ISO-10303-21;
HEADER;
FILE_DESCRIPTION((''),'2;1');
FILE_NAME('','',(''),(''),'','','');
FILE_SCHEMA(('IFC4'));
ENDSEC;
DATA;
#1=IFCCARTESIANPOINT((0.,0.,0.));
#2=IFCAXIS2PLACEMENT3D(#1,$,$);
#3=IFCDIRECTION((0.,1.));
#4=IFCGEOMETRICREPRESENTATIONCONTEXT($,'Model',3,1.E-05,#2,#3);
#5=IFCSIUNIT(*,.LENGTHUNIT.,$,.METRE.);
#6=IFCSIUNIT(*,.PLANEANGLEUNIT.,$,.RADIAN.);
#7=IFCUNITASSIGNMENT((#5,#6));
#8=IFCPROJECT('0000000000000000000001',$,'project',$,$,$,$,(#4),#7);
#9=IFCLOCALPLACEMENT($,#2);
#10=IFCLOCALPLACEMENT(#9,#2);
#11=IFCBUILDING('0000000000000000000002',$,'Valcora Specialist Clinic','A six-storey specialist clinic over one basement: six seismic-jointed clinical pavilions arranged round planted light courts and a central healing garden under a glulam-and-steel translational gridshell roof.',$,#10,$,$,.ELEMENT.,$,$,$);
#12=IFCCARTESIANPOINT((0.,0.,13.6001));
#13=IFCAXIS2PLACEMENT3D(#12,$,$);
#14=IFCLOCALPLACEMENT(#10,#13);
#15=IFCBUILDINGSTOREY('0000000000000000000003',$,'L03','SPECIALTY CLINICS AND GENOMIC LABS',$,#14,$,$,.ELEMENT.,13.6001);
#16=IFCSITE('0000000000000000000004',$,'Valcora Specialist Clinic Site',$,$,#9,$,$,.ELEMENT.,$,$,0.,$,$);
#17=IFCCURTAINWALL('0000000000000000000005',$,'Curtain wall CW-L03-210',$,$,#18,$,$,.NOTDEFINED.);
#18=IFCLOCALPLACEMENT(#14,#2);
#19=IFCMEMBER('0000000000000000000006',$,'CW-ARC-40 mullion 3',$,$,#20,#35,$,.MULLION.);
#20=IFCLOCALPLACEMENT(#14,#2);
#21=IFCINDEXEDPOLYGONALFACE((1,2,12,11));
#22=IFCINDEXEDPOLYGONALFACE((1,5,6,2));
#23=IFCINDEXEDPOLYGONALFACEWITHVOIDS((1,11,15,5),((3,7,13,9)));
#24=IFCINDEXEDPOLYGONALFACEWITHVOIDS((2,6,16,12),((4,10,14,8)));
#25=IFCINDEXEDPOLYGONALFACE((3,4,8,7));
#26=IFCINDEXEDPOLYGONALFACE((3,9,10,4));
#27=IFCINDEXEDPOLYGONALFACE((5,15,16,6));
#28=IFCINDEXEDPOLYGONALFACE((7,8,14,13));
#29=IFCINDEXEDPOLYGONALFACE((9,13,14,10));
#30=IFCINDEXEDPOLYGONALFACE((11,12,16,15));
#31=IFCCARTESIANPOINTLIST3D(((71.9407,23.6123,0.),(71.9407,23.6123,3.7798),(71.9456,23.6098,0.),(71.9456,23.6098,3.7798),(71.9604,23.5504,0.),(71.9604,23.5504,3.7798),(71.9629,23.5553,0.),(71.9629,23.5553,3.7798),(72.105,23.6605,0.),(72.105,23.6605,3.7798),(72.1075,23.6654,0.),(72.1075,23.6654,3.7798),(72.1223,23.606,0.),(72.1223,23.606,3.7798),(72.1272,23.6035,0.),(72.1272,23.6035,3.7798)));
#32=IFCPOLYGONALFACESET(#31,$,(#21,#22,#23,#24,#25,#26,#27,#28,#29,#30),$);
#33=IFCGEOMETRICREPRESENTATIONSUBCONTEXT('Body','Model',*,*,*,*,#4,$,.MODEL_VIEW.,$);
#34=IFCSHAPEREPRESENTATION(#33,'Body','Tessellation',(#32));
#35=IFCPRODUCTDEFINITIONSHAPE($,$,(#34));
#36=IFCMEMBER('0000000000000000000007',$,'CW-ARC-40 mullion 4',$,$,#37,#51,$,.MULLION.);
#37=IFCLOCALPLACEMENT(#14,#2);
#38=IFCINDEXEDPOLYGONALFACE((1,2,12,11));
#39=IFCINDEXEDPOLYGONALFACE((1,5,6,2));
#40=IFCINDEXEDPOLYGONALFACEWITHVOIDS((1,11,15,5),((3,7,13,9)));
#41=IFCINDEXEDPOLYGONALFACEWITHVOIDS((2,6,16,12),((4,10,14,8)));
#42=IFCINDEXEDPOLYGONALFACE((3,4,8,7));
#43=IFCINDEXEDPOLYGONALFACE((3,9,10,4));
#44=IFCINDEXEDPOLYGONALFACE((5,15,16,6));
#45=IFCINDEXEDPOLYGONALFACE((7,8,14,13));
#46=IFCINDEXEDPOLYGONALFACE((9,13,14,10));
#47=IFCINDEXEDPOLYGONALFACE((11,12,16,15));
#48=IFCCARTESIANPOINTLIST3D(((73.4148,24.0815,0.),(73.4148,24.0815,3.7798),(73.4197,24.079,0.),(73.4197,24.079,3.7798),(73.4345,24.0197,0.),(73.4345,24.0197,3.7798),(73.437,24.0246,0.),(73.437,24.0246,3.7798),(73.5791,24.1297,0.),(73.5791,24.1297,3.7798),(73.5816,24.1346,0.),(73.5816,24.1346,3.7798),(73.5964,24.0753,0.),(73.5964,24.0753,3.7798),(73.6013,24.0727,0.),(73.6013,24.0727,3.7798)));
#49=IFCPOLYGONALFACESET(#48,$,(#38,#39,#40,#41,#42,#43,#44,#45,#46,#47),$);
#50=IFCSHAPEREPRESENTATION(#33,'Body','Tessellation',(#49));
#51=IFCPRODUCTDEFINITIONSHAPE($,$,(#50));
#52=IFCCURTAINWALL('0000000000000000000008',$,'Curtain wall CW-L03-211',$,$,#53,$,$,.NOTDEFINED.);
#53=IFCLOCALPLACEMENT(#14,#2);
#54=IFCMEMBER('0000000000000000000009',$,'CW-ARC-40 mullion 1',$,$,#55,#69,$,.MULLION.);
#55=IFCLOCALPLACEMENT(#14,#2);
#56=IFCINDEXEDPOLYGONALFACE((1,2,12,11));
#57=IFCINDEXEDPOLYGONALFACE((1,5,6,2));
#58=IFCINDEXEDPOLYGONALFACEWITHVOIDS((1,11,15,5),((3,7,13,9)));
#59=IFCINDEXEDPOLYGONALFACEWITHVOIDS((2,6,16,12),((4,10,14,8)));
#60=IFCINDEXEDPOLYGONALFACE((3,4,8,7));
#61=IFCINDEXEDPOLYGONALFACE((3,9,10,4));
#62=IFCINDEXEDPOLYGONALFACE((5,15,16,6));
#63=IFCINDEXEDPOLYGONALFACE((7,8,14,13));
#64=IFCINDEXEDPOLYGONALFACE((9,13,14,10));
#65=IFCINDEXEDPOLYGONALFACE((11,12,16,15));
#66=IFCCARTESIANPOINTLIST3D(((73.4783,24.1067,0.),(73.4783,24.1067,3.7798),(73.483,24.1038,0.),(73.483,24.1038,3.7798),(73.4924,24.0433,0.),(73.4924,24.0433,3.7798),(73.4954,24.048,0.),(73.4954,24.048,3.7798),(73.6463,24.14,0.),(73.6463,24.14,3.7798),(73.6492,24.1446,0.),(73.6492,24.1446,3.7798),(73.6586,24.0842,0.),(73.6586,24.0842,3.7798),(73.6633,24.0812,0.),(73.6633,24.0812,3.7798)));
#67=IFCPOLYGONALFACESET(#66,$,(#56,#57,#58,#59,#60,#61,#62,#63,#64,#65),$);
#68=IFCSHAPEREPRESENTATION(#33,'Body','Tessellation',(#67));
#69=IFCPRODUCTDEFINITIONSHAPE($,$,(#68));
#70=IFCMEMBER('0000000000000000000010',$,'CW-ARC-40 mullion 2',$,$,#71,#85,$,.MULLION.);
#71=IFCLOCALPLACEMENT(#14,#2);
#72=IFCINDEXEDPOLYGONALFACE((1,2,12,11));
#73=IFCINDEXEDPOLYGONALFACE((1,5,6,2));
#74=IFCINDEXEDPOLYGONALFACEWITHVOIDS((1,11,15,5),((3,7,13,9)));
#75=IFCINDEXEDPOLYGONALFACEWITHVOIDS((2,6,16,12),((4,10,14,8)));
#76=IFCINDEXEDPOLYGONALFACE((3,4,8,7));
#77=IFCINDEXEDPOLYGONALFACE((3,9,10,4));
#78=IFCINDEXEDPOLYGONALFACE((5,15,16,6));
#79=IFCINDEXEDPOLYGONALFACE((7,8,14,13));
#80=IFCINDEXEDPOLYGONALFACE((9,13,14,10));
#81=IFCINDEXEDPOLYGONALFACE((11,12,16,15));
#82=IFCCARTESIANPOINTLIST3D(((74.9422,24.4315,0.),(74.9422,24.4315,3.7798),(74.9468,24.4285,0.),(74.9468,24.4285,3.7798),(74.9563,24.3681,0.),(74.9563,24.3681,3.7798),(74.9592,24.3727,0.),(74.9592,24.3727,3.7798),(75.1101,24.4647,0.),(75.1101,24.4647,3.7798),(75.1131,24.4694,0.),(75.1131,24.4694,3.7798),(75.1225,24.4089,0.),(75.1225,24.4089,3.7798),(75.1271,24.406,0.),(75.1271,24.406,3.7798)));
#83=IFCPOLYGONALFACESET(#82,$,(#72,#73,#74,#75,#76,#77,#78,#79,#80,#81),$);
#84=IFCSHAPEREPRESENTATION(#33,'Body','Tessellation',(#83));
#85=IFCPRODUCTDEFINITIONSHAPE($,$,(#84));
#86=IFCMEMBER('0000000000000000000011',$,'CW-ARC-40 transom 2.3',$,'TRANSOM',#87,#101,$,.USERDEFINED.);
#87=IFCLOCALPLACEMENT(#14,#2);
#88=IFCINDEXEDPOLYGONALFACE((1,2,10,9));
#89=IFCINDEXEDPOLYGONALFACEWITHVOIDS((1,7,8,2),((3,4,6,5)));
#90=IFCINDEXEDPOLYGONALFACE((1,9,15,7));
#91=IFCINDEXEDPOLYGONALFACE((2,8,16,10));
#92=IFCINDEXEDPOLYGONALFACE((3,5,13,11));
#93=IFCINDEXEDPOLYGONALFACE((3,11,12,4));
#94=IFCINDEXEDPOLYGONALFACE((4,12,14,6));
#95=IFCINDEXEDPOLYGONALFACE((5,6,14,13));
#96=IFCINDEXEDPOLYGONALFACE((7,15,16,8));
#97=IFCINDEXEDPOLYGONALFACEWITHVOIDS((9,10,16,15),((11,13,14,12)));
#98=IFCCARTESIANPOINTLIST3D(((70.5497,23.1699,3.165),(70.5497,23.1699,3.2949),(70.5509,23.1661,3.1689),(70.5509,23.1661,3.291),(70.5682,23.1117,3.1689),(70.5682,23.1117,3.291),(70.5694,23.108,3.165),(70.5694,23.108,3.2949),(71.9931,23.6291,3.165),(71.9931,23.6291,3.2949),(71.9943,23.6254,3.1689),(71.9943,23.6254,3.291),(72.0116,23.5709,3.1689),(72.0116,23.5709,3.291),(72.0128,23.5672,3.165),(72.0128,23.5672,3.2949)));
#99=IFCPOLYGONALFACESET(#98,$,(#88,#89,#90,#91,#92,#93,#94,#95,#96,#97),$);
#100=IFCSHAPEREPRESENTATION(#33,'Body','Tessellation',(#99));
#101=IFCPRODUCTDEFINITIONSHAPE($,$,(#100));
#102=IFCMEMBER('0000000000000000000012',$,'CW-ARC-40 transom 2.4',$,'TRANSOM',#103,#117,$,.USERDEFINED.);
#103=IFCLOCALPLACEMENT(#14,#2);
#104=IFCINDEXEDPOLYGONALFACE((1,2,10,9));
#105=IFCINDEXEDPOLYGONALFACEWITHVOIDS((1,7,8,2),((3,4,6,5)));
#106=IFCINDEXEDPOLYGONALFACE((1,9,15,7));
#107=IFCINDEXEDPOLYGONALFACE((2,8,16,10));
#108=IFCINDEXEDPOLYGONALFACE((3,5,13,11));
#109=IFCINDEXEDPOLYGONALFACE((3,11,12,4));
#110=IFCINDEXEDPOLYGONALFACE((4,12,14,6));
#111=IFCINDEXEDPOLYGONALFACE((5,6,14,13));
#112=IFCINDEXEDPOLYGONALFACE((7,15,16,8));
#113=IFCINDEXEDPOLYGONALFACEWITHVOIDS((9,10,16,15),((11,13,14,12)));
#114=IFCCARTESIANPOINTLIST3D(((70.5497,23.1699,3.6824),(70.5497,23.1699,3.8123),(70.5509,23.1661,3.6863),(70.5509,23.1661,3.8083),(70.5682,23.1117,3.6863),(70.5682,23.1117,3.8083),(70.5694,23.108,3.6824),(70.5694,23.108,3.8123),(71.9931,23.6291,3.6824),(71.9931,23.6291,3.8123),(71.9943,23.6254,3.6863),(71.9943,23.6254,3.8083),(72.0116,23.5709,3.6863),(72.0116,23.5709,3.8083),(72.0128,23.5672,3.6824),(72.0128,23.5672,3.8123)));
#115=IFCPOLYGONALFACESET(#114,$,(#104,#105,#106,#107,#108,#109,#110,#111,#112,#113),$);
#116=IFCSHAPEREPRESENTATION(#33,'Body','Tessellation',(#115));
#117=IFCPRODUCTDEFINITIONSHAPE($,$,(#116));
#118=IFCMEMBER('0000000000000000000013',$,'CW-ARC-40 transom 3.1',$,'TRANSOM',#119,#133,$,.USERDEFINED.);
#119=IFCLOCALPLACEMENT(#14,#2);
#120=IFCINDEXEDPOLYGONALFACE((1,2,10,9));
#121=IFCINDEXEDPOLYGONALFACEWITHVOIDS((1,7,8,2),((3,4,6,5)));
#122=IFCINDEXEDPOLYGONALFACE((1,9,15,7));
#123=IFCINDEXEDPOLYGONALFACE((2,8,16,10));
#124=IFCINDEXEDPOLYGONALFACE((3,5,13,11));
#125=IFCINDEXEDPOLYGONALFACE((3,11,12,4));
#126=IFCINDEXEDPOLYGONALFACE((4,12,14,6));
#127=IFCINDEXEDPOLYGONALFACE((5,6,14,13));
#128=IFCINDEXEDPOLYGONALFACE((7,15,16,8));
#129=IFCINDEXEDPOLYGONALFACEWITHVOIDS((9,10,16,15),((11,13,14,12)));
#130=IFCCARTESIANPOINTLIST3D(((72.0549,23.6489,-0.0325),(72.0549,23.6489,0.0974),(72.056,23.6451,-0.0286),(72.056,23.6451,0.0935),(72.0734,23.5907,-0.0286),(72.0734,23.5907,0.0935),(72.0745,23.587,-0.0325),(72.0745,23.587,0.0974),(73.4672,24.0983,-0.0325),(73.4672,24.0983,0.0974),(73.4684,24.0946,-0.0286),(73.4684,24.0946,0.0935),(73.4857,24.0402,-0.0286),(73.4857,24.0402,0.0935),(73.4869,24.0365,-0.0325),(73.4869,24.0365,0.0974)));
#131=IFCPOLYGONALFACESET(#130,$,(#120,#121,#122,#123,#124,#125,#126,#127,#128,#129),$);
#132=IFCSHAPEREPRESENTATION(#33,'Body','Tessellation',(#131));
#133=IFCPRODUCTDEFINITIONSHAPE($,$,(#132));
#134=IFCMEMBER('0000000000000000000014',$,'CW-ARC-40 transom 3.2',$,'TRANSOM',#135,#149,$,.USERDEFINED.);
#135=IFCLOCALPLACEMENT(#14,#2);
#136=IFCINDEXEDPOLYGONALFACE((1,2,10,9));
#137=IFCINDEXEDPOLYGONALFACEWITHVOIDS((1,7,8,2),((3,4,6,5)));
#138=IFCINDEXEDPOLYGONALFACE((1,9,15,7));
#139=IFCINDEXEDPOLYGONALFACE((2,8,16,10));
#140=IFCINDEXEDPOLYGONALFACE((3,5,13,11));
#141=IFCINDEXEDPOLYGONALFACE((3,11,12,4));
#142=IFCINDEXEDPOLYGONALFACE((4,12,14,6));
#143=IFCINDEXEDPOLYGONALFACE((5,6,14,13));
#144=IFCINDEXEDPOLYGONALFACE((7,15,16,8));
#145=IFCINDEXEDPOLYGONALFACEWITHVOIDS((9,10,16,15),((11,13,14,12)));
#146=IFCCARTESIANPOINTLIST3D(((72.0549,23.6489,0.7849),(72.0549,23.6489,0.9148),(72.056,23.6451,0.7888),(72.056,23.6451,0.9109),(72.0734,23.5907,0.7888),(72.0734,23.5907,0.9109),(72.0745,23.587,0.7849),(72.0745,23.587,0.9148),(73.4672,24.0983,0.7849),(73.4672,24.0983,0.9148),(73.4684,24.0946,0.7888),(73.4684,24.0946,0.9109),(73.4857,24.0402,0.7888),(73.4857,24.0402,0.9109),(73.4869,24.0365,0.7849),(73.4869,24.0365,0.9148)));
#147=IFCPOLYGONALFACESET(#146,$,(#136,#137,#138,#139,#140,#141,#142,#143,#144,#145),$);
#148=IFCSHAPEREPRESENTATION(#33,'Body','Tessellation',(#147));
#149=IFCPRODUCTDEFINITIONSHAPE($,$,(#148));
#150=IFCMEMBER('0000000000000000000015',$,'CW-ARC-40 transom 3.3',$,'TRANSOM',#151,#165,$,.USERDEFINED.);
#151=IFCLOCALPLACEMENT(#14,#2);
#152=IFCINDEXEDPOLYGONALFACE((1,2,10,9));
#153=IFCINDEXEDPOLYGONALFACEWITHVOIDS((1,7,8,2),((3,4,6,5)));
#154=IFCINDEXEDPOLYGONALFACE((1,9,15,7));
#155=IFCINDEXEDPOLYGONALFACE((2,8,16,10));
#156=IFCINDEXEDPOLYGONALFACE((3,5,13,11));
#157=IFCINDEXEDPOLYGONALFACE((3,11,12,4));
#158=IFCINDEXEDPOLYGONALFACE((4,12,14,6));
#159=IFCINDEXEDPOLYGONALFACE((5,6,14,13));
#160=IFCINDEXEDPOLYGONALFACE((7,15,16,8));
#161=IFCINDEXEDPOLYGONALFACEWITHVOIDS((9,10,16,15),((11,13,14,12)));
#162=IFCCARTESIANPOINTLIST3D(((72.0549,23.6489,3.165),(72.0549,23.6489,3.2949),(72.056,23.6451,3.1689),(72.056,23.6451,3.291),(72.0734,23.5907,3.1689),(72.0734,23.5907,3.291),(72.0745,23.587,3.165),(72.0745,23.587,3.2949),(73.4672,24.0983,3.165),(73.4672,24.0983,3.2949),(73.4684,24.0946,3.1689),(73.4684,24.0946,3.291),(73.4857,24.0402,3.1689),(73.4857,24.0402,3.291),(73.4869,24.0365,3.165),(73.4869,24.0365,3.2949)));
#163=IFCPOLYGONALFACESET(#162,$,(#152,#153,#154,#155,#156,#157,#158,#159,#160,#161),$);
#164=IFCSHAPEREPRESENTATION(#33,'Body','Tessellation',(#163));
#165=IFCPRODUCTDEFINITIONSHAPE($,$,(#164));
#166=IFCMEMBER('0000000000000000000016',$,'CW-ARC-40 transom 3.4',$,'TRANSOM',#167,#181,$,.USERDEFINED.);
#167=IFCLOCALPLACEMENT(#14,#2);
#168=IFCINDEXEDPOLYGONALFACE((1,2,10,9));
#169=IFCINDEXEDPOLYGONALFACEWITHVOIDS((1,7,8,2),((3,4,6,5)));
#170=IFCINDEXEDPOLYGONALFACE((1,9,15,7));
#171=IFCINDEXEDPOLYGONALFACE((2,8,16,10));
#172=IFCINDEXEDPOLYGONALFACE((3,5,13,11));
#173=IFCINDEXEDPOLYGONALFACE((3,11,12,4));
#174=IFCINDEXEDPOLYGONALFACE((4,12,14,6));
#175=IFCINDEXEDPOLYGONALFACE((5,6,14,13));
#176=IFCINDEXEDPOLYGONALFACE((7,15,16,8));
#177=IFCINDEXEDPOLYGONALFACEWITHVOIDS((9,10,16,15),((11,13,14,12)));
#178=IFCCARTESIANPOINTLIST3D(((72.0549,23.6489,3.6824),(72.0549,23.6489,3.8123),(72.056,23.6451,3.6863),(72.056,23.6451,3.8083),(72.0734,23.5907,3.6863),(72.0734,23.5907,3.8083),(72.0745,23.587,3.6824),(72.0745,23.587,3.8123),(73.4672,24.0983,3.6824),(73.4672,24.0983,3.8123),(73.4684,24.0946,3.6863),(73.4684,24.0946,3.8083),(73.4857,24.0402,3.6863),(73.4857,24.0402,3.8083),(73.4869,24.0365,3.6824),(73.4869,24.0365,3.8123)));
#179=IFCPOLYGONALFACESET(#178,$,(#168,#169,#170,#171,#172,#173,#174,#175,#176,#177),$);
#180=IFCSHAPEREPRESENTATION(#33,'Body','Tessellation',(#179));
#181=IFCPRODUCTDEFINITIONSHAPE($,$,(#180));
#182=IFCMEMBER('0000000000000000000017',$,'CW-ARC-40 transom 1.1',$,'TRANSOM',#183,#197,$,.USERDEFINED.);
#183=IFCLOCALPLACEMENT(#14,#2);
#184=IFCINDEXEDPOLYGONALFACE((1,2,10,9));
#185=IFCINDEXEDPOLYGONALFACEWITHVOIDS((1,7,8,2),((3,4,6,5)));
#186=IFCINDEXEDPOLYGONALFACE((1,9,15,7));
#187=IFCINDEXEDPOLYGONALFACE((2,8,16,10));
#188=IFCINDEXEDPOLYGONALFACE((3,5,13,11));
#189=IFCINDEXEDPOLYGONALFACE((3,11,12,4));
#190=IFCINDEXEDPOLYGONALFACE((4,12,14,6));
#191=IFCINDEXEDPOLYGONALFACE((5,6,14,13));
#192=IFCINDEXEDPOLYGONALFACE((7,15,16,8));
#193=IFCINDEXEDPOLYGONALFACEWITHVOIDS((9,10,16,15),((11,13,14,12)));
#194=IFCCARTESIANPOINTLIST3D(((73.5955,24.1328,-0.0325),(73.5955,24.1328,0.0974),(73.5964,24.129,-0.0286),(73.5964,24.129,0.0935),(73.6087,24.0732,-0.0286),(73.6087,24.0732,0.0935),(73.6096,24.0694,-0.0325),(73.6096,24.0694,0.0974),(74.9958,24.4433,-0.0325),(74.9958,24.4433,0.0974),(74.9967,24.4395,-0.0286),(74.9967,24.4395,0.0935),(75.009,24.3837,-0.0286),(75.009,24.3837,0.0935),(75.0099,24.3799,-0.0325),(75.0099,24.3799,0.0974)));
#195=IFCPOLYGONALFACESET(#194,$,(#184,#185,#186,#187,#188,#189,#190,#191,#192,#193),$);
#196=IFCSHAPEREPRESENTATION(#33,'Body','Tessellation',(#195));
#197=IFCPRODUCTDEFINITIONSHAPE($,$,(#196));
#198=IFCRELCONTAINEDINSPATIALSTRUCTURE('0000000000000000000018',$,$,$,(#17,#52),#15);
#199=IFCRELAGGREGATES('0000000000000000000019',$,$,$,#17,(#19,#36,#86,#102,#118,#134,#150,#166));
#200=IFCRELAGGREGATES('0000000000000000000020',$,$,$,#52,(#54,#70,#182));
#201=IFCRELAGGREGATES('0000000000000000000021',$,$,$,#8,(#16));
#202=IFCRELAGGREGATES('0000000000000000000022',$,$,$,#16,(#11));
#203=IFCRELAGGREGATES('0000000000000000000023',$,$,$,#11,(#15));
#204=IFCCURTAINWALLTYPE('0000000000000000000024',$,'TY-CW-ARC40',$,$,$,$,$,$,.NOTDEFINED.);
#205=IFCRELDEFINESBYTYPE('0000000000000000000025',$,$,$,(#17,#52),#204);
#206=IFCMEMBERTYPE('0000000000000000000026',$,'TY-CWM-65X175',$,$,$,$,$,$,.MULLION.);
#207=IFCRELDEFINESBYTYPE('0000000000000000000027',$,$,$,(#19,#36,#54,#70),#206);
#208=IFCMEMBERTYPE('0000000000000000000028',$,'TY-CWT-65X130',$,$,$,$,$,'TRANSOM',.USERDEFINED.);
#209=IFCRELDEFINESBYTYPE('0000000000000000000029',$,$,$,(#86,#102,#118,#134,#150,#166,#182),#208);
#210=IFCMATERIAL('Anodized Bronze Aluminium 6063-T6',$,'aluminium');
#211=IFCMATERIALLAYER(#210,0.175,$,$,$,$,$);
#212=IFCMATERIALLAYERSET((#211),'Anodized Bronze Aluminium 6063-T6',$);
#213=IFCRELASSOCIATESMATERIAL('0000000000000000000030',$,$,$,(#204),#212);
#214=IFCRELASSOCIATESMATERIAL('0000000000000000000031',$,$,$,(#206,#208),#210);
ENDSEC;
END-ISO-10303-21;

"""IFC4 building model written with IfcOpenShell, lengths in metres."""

from ifc_helpers import new_model, si_unit, direction, frame, origin, origin_2d, place, context, subcontext, project, spatial, hollow_rectangle, extrude, material, layer, layer_set, material_profile, profile_set, type_object, element, aggregate, save


model = new_model("IFC4")

# Units and contexts
model_context = context("Model", 3, precision=1e-05, world=origin(), true_north=direction((0.0, 1.0)))
body_context = subcontext(model_context, "Body", "Model", "MODEL_VIEW")
ifc_project = project(units=[si_unit("LENGTHUNIT", "METRE"), si_unit("PLANEANGLEUNIT", "RADIAN")], contexts=[model_context])

# Site, building, storey
site_placement = place(None, origin())
site = spatial("IfcSite", under=ifc_project, at=site_placement, Name="Valcora Specialist Clinic Site", CompositionType="ELEMENT", RefElevation=0.0)
building_placement = place(site_placement, origin())
building = spatial("IfcBuilding", under=site, at=building_placement, Name="Valcora Specialist Clinic", Description="A six-storey specialist clinic over one basement: six seismic-jointed clinical pavilions arranged round planted light courts and a central healing garden under a glulam-and-steel translational gridshell roof.", CompositionType="ELEMENT")
storey_placement = place(building_placement, frame((0.0, 0.0, 13.6001)))
storey = spatial("IfcBuildingStorey", under=building, at=storey_placement, Name="L03", Description="SPECIALTY CLINICS AND GENOMIC LABS", CompositionType="ELEMENT", Elevation=13.6001)

# Curtain walls, members
ifc_material_1 = material(Name="Anodized Bronze Aluminium 6063-T6", Category="aluminium")
ifc_layer_1 = layer(ifc_material_1, 0.175)
ifc_layer_set_1 = layer_set([ifc_layer_1], Name="Anodized Bronze Aluminium 6063-T6")
curtain_wall_type = type_object("IfcCurtainWallType", Name="TY-CW-ARC40", PredefinedType="NOTDEFINED", material=ifc_layer_set_1)
curtain_wall_1_placement = place(storey_placement, origin())
curtain_wall_1 = element("IfcCurtainWall", 1, at=curtain_wall_1_placement, inside=storey, type_object=curtain_wall_type, Name="Curtain wall CW-L03-210", PredefinedType="NOTDEFINED")
ifc_material_profile_1 = material_profile(ifc_material_1, hollow_rectangle(XDim=0.0649, YDim=0.175, WallThickness=0.0039, at=origin_2d()), Name="AL-MUL-65X175")
ifc_profile_set_1 = profile_set([ifc_material_profile_1], Name="Anodized Bronze Aluminium 6063-T6")
member_type_1 = type_object("IfcMemberType", Name="TY-CWM-65X175", PredefinedType="MULLION", material=ifc_profile_set_1)
member_1_placement = place(storey_placement, frame((72.0339, 23.6079, 0.0), z_axis=(0.0, 0.0, 1.0), x_axis=(-0.303233, 0.952916, 0.0)))
member_1 = element("IfcMember", 2, at=member_1_placement, type_object=member_type_1, Name="CW-ARC-40 mullion 3", PredefinedType="MULLION", context=body_context, shape_type="SweptSolid", body=[
    extrude(hollow_rectangle(XDim=0.0649, YDim=0.175, WallThickness=0.0039, at=origin_2d()), origin(), (0.0, 0.0, 1.0), 3.7798),
])
member_2_placement = place(storey_placement, frame((73.5081, 24.0771, 0.0), z_axis=(0.0, 0.0, 1.0), x_axis=(-0.303233, 0.952916, 0.0)))
member_2 = element("IfcMember", 3, at=member_2_placement, type_object=member_type_1, Name="CW-ARC-40 mullion 4", PredefinedType="MULLION", context=body_context, shape_type="SweptSolid", body=[
    extrude(hollow_rectangle(XDim=0.0649, YDim=0.175, WallThickness=0.0039, at=origin_2d()), origin(), (0.0, 0.0, 1.0), 3.7798),
])
curtain_wall_2_placement = place(storey_placement, origin())
curtain_wall_2 = element("IfcCurtainWall", 4, at=curtain_wall_2_placement, inside=storey, type_object=curtain_wall_type, Name="Curtain wall CW-L03-211", PredefinedType="NOTDEFINED")
member_3_placement = place(storey_placement, frame((73.5708, 24.094, 0.0), z_axis=(0.0, 0.0, 1.0), x_axis=(-0.216518, 0.976279, 0.0)))
member_3 = element("IfcMember", 5, at=member_3_placement, type_object=member_type_1, Name="CW-ARC-40 mullion 1", PredefinedType="MULLION", context=body_context, shape_type="SweptSolid", body=[
    extrude(hollow_rectangle(XDim=0.0649, YDim=0.175, WallThickness=0.0039, at=origin_2d()), origin(), (0.0, 0.0, 1.0), 3.7798),
])
member_4_placement = place(storey_placement, frame((75.0347, 24.4187, 0.0), z_axis=(0.0, 0.0, 1.0), x_axis=(-0.216518, 0.976279, 0.0)))
member_4 = element("IfcMember", 6, at=member_4_placement, type_object=member_type_1, Name="CW-ARC-40 mullion 2", PredefinedType="MULLION", context=body_context, shape_type="SweptSolid", body=[
    extrude(hollow_rectangle(XDim=0.0649, YDim=0.175, WallThickness=0.0039, at=origin_2d()), origin(), (0.0, 0.0, 1.0), 3.7798),
])

# Members
ifc_material_profile_2 = material_profile(ifc_material_1, hollow_rectangle(XDim=0.0649, YDim=0.1299, WallThickness=0.0039, at=origin_2d()), Name="AL-TRN-65X130")
ifc_profile_set_2 = profile_set([ifc_material_profile_2], Name="Anodized Bronze Aluminium 6063-T6")
member_type_2 = type_object("IfcMemberType", Name="TY-CWT-65X130", ElementType="TRANSOM", PredefinedType="USERDEFINED", material=ifc_profile_set_2)
member_5_placement = place(storey_placement, frame((70.5596, 23.1389, 3.23), z_axis=(0.95293, 0.30319, 0.0), x_axis=(-0.30319, 0.95293, 0.0)))
member_5 = element("IfcMember", 7, at=member_5_placement, type_object=member_type_2, Name="CW-ARC-40 transom 2.3", ObjectType="TRANSOM", PredefinedType="USERDEFINED", context=body_context, shape_type="SweptSolid", body=[
    extrude(hollow_rectangle(XDim=0.0649, YDim=0.1299, WallThickness=0.0039, at=origin_2d()), origin(), (0.0, 0.0, 1.0), 1.5146),
])
member_6_placement = place(storey_placement, frame((70.5596, 23.1389, 3.7473), z_axis=(0.95293, 0.30319, 0.0), x_axis=(-0.30319, 0.95293, 0.0)))
member_6 = element("IfcMember", 8, at=member_6_placement, type_object=member_type_2, Name="CW-ARC-40 transom 2.4", ObjectType="TRANSOM", PredefinedType="USERDEFINED", context=body_context, shape_type="SweptSolid", body=[
    extrude(hollow_rectangle(XDim=0.0649, YDim=0.1299, WallThickness=0.0039, at=origin_2d()), origin(), (0.0, 0.0, 1.0), 1.5146),
])
member_7_placement = place(storey_placement, frame((72.0647, 23.6179, 0.0325), z_axis=(0.952911, 0.303251, 0.0), x_axis=(-0.303251, 0.952911, 0.0)))
member_7 = element("IfcMember", 9, at=member_7_placement, type_object=member_type_2, Name="CW-ARC-40 transom 3.1", ObjectType="TRANSOM", PredefinedType="USERDEFINED", context=body_context, shape_type="SweptSolid", body=[
    extrude(hollow_rectangle(XDim=0.0649, YDim=0.1299, WallThickness=0.0039, at=origin_2d()), origin(), (0.0, 0.0, 1.0), 1.4822),
])
member_8_placement = place(storey_placement, frame((72.0647, 23.6179, 0.8499), z_axis=(0.952911, 0.303251, 0.0), x_axis=(-0.303251, 0.952911, 0.0)))
member_8 = element("IfcMember", 10, at=member_8_placement, type_object=member_type_2, Name="CW-ARC-40 transom 3.2", ObjectType="TRANSOM", PredefinedType="USERDEFINED", context=body_context, shape_type="SweptSolid", body=[
    extrude(hollow_rectangle(XDim=0.0649, YDim=0.1299, WallThickness=0.0039, at=origin_2d()), origin(), (0.0, 0.0, 1.0), 1.4822),
])
member_9_placement = place(storey_placement, frame((72.0647, 23.6179, 3.23), z_axis=(0.952911, 0.303251, 0.0), x_axis=(-0.303251, 0.952911, 0.0)))
member_9 = element("IfcMember", 11, at=member_9_placement, type_object=member_type_2, Name="CW-ARC-40 transom 3.3", ObjectType="TRANSOM", PredefinedType="USERDEFINED", context=body_context, shape_type="SweptSolid", body=[
    extrude(hollow_rectangle(XDim=0.0649, YDim=0.1299, WallThickness=0.0039, at=origin_2d()), origin(), (0.0, 0.0, 1.0), 1.4822),
])
member_10_placement = place(storey_placement, frame((72.0647, 23.6179, 3.7473), z_axis=(0.952911, 0.303251, 0.0), x_axis=(-0.303251, 0.952911, 0.0)))
member_10 = element("IfcMember", 12, at=member_10_placement, type_object=member_type_2, Name="CW-ARC-40 transom 3.4", ObjectType="TRANSOM", PredefinedType="USERDEFINED", context=body_context, shape_type="SweptSolid", body=[
    extrude(hollow_rectangle(XDim=0.0649, YDim=0.1299, WallThickness=0.0039, at=origin_2d()), origin(), (0.0, 0.0, 1.0), 1.4822),
])
member_11_placement = place(storey_placement, frame((73.6025, 24.1011, 0.0325), z_axis=(0.976283, 0.216498, 0.0), x_axis=(-0.216498, 0.976283, 0.0)))
member_11 = element("IfcMember", 13, at=member_11_placement, type_object=member_type_2, Name="CW-ARC-40 transom 1.1", ObjectType="TRANSOM", PredefinedType="USERDEFINED", context=body_context, shape_type="SweptSolid", body=[
    extrude(hollow_rectangle(XDim=0.0649, YDim=0.1299, WallThickness=0.0039, at=origin_2d()), origin(), (0.0, 0.0, 1.0), 1.4343),
])

aggregate(curtain_wall_1, [member_1, member_2, member_5, member_6, member_7, member_8, member_9, member_10])
aggregate(curtain_wall_2, [member_3, member_4, member_11])

save(model, "model.ifc")
